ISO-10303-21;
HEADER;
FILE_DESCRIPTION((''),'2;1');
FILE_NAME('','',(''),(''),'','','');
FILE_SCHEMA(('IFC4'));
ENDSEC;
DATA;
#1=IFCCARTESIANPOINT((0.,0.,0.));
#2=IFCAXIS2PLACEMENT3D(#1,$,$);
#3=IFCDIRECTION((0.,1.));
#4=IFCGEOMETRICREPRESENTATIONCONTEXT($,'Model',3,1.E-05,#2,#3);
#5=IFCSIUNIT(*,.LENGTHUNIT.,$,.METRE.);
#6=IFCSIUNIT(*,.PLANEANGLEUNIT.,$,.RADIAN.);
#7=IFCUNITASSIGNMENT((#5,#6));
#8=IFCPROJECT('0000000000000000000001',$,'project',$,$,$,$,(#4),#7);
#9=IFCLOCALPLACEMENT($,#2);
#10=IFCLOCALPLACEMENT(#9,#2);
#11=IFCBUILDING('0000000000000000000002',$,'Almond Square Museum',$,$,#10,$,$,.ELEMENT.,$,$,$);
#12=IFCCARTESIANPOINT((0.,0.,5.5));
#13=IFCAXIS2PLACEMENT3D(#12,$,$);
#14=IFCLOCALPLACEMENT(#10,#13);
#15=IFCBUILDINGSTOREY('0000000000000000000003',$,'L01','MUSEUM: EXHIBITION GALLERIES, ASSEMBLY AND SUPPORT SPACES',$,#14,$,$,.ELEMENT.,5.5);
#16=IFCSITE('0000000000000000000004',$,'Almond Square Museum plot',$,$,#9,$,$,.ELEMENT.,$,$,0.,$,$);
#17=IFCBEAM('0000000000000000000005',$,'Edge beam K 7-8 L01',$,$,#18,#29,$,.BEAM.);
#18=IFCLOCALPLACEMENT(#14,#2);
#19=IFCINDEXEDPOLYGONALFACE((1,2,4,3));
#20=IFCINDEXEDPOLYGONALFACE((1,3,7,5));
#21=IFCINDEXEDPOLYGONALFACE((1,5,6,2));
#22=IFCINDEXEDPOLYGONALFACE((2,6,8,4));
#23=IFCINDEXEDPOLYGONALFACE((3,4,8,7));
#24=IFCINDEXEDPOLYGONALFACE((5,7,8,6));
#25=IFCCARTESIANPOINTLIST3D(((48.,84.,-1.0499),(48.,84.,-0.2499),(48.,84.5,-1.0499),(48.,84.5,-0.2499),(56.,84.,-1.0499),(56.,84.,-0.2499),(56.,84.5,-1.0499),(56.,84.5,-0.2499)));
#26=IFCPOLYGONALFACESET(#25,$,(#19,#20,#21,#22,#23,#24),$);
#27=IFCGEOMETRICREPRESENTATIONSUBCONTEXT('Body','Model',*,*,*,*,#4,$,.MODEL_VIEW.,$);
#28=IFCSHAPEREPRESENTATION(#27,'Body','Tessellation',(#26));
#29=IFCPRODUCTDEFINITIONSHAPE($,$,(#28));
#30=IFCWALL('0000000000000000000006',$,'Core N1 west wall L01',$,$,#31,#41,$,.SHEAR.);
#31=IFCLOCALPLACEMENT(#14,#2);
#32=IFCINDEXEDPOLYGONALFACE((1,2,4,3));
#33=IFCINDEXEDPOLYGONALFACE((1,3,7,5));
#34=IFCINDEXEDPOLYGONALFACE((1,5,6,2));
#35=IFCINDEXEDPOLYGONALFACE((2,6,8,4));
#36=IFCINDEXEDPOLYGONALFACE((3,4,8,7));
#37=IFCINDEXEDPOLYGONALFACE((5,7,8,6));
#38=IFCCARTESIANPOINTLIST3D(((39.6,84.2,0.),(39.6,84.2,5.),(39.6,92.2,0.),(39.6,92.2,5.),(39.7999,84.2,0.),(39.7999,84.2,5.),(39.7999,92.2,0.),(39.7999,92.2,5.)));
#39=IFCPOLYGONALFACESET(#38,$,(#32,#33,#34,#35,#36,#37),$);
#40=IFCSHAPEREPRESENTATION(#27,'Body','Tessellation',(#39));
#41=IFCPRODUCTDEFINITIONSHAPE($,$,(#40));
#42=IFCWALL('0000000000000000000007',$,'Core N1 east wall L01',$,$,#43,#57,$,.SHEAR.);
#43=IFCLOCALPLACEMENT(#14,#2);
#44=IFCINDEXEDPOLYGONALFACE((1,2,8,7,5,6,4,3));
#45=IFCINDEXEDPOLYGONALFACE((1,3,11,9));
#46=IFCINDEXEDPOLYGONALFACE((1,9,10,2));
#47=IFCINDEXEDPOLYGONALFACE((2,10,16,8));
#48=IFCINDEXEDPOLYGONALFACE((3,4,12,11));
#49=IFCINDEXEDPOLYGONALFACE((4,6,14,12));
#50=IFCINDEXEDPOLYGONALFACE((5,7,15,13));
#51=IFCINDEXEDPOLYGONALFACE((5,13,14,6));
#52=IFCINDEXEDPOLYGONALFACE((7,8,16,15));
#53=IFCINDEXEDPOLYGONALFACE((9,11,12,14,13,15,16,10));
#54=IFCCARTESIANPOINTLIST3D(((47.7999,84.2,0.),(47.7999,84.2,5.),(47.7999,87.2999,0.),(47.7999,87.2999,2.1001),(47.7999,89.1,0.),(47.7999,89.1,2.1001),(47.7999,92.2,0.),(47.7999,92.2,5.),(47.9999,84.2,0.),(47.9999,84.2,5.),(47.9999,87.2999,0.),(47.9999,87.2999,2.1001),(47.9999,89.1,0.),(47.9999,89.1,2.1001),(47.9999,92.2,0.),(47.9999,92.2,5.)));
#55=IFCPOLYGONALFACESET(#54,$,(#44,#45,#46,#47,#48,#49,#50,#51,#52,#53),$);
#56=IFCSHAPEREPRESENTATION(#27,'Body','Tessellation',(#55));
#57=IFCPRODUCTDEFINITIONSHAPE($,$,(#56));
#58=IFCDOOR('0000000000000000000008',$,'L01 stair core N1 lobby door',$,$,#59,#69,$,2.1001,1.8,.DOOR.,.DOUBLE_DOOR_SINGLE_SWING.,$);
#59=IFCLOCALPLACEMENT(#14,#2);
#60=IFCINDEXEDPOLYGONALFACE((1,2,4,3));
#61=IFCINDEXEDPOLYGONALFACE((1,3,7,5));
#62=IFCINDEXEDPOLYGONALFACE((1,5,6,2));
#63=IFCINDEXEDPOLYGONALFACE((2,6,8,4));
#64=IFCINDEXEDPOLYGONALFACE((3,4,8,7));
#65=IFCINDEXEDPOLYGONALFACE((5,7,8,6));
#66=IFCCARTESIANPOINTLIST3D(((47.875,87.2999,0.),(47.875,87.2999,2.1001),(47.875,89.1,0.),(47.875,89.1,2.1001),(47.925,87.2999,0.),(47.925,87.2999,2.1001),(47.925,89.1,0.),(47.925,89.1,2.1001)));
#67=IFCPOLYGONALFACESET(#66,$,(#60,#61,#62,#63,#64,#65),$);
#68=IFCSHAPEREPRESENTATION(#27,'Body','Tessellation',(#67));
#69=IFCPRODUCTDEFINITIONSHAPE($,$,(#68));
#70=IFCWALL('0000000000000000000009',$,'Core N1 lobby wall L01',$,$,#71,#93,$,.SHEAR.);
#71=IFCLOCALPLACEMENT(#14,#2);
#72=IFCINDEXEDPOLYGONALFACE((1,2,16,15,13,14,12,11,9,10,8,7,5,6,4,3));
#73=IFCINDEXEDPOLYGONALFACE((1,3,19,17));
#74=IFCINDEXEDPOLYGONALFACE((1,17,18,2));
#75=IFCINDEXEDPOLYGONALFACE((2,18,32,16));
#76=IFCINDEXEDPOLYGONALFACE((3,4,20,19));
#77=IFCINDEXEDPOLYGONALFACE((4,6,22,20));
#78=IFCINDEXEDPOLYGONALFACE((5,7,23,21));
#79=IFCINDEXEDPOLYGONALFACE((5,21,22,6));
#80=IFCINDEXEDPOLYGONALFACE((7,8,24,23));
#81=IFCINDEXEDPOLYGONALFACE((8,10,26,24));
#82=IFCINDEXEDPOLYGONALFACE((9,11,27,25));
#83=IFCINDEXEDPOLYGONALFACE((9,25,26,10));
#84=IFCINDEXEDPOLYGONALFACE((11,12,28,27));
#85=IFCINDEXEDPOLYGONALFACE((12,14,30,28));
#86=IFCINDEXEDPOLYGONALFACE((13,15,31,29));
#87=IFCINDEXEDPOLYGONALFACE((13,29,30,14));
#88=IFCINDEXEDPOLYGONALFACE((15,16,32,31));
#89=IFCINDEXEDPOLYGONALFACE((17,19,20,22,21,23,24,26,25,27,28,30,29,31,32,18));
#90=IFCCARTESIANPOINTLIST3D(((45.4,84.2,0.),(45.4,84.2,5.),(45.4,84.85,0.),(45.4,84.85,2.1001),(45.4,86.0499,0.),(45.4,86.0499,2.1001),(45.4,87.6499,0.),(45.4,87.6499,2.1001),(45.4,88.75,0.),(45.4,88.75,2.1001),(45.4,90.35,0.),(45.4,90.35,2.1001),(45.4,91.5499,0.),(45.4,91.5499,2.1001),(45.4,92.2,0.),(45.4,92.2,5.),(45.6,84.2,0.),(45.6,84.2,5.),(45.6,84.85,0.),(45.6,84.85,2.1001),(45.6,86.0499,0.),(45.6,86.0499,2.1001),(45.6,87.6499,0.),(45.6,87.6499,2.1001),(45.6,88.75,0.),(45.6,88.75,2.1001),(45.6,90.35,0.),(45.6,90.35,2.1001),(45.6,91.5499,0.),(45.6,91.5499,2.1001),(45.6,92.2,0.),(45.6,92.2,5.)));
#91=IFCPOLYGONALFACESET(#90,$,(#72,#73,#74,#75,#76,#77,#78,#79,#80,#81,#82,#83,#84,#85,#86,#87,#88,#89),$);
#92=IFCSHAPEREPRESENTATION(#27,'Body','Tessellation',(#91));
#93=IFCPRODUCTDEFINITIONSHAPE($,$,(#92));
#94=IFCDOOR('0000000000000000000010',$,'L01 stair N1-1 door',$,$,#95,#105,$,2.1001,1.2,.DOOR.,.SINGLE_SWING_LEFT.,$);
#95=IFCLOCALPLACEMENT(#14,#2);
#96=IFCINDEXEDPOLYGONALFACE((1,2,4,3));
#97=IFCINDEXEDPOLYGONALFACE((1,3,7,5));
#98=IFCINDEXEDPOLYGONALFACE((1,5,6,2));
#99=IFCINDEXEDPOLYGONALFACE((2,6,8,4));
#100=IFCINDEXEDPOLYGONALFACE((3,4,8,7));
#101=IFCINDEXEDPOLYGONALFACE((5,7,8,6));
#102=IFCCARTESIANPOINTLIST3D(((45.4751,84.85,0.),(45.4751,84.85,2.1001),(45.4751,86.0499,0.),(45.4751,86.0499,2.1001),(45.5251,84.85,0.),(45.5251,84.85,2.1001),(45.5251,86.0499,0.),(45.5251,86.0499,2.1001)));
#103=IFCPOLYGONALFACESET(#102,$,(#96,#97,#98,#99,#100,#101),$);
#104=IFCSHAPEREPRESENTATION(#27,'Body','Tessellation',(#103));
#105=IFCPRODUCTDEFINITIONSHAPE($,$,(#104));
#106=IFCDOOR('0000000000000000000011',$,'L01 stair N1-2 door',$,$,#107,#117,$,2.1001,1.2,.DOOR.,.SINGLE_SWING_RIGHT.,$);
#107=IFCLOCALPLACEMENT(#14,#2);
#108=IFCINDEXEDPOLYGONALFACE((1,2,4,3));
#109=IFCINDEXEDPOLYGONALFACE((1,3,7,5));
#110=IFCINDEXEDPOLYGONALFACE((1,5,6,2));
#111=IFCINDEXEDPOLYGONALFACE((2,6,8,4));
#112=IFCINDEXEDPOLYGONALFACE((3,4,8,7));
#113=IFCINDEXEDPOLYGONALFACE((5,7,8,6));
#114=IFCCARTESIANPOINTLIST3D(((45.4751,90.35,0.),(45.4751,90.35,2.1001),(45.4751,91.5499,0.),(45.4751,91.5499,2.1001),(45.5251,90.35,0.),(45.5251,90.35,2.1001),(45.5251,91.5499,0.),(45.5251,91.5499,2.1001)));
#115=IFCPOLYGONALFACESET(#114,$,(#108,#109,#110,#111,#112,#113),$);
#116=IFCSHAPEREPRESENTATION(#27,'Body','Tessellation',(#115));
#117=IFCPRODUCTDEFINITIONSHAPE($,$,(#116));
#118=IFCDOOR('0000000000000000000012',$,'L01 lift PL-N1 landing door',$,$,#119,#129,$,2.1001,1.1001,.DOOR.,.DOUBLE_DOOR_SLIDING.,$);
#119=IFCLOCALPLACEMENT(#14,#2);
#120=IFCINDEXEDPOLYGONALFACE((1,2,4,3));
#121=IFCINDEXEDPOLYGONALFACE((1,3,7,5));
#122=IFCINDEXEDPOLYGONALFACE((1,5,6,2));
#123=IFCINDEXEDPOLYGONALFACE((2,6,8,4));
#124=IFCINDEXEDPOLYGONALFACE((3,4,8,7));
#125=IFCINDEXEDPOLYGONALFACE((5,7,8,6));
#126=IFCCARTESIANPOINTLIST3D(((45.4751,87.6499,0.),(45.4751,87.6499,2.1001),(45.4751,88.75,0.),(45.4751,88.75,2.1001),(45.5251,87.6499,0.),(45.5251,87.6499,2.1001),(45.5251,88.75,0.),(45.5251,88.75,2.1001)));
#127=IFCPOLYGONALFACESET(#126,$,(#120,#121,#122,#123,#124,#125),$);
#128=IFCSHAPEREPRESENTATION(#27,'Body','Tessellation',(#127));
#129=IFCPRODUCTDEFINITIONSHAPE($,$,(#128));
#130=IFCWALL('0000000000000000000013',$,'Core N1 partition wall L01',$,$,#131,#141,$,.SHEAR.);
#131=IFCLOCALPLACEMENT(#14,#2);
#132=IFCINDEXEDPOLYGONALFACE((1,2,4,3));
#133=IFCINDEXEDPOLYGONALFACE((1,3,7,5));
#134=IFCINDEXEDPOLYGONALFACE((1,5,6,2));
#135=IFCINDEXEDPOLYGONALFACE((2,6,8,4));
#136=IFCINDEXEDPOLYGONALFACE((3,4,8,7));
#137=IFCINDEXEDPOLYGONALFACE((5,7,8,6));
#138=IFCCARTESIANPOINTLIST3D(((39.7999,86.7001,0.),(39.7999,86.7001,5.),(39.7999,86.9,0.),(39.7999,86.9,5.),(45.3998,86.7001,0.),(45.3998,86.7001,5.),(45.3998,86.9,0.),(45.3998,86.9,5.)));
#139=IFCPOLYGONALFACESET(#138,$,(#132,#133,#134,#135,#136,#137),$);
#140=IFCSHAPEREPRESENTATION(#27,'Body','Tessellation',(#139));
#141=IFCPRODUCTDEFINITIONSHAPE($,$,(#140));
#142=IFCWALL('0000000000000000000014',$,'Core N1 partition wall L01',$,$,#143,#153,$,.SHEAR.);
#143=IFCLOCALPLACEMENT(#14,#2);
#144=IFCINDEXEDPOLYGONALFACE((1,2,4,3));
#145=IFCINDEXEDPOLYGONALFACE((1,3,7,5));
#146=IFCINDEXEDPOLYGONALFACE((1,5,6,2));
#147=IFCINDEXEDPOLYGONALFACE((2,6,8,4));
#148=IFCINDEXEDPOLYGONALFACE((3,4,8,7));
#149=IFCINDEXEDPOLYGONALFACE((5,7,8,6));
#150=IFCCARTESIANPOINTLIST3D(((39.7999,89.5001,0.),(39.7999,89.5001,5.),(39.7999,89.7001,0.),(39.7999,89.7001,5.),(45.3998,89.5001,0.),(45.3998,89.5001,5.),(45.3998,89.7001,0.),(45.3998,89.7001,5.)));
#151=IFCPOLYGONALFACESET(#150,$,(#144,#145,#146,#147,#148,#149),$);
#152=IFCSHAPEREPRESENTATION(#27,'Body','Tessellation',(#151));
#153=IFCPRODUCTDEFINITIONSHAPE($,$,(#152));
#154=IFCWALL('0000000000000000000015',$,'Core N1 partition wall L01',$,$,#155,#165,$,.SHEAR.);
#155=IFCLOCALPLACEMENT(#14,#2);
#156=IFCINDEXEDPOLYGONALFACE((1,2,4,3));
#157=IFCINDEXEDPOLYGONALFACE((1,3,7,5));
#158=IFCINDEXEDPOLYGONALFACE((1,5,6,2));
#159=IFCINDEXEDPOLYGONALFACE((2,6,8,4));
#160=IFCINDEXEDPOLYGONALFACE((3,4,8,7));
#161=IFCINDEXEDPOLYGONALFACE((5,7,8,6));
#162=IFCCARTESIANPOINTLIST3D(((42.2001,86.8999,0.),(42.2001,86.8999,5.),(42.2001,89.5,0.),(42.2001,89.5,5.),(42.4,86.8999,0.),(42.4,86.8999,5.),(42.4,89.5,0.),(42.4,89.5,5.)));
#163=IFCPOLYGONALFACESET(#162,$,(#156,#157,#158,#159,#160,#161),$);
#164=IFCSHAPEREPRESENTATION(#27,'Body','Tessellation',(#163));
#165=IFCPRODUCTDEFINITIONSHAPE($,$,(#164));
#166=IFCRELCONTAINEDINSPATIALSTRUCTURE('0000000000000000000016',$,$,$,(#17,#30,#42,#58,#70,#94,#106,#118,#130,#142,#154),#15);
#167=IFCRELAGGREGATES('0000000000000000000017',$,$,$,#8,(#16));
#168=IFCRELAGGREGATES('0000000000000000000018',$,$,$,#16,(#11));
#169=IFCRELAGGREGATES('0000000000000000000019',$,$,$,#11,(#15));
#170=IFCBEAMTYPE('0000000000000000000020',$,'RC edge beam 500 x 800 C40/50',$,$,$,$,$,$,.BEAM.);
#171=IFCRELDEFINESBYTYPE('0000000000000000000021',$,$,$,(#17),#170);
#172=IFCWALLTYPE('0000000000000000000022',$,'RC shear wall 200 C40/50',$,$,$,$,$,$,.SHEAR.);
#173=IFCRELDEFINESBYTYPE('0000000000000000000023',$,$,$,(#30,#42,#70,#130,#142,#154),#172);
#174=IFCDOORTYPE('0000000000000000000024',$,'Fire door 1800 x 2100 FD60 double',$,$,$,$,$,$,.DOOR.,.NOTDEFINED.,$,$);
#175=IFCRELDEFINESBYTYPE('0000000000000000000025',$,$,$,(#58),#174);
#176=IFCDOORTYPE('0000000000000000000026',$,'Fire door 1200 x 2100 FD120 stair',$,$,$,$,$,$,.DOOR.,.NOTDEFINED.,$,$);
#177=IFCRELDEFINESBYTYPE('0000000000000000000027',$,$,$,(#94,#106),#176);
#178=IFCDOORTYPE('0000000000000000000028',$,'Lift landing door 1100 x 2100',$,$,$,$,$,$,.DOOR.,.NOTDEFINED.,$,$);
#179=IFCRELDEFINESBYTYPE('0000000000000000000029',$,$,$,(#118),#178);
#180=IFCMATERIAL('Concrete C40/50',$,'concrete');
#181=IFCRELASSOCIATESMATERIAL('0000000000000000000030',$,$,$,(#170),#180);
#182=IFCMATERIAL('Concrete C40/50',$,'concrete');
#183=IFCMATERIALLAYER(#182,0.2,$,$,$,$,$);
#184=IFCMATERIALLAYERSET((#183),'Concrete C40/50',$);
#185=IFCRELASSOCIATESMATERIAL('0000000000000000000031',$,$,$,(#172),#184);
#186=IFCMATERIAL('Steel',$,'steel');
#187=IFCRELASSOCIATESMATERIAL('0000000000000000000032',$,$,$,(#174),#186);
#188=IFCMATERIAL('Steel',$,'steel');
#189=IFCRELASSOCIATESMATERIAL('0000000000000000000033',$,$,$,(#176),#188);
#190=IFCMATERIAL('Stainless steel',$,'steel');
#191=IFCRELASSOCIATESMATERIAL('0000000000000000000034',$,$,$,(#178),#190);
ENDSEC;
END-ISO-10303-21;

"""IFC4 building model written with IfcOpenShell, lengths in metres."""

from ifc_helpers import new_model, si_unit, direction, frame, frame_2d, origin, origin_2d, place, context, subcontext, project, spatial, rectangle, extrude, material, layer, layer_set, material_profile, profile_set, type_object, element, fill, save


model = new_model("IFC4")

# Units and contexts
model_context = context("Model", 3, precision=1e-05, world=origin(), true_north=direction((0.0, 1.0)))
body_context = subcontext(model_context, "Body", "Model", "MODEL_VIEW")
ifc_project = project(units=[si_unit("LENGTHUNIT", "METRE"), si_unit("PLANEANGLEUNIT", "RADIAN")], contexts=[model_context])

# Site, building, storey
site_placement = place(None, origin())
site = spatial("IfcSite", under=ifc_project, at=site_placement, Name="Almond Square Museum plot", CompositionType="ELEMENT", RefElevation=0.0)
building_placement = place(site_placement, origin())
building = spatial("IfcBuilding", under=site, at=building_placement, Name="Almond Square Museum", CompositionType="ELEMENT")
storey_placement = place(building_placement, frame((0.0, 0.0, 5.5)))
storey = spatial("IfcBuildingStorey", under=building, at=storey_placement, Name="L01", Description="MUSEUM: EXHIBITION GALLERIES, ASSEMBLY AND SUPPORT SPACES", CompositionType="ELEMENT", Elevation=5.5)

# Beam
ifc_material_1 = material(Name="Concrete C40/50", Category="concrete")
ifc_material_profile = material_profile(ifc_material_1, rectangle(XDim=0.5, YDim=0.8, at=origin_2d()))
ifc_profile_set = profile_set([ifc_material_profile], Name="Concrete C40/50")
beam_type = type_object("IfcBeamType", Name="RC edge beam 500 x 800 C40/50", PredefinedType="BEAM", material=ifc_profile_set)
beam_placement = place(storey_placement, frame((48.0, 84.25, -0.6499), z_axis=(1.0, 0.0, 0.0), x_axis=(0.0, 1.0, 0.0)))
element("IfcBeam", 1, at=beam_placement, inside=storey, type_object=beam_type, Name="Edge beam K 7-8 L01", PredefinedType="BEAM", context=body_context, shape_type="SweptSolid", body=[
    extrude(rectangle(XDim=0.5, YDim=0.8, at=origin_2d()), origin(), (0.0, 0.0, 1.0), 8.0),
])

# Wall
ifc_material_2 = material(Name="Concrete C40/50", Category="concrete")
ifc_layer = layer(ifc_material_2, 0.2)
ifc_layer_set = layer_set([ifc_layer], Name="Concrete C40/50")
wall_type = type_object("IfcWallType", Name="RC shear wall 200 C40/50", PredefinedType="SHEAR", material=ifc_layer_set)
wall_1_placement = place(storey_placement, frame((39.7, 84.2, 0.0), z_axis=(0.0, 0.0, 1.0), x_axis=(0.0, 1.0, 0.0)))
element("IfcWall", 2, at=wall_1_placement, inside=storey, type_object=wall_type, Name="Core N1 west wall L01", PredefinedType="SHEAR", context=body_context, shape_type="SweptSolid", body=[
    extrude(rectangle(XDim=8.0, YDim=0.2, at=frame_2d((4.0, 0.0))), origin(), (0.0, 0.0, 1.0), 5.0),
])

# Wall, opening, door
wall_2_placement = place(storey_placement, frame((47.8999, 84.2, 0.0), z_axis=(0.0, 0.0, 1.0), x_axis=(0.0, 1.0, 0.0)))
wall_2 = element("IfcWall", 3, at=wall_2_placement, inside=storey, type_object=wall_type, Name="Core N1 east wall L01", PredefinedType="SHEAR", context=body_context, shape_type="SweptSolid", body=[
    extrude(rectangle(XDim=8.0, YDim=0.2, at=frame_2d((4.0, 0.0))), origin(), (0.0, 0.0, 1.0), 5.0),
])
opening_1_placement = place(wall_2_placement, frame((3.1001, 0.0, 0.0)))
opening_1 = element("IfcOpeningElement", 4, at=opening_1_placement, cuts=wall_2, PredefinedType="OPENING", context=body_context, shape_type="SweptSolid", body=[
    extrude(rectangle(XDim=1.8, YDim=2.1001, at=frame_2d((0.8999, 1.05))), frame((0.0, 0.1099, 0.0), z_axis=(0.0, -1.0, 0.0), x_axis=(1.0, 0.0, 0.0)), (0.0, 0.0, 1.0), 0.22),
])
ifc_material_3 = material(Name="Steel", Category="steel")
door_type_1 = type_object("IfcDoorType", Name="Fire door 1800 x 2100 FD60 double", OperationType="NOTDEFINED", PredefinedType="DOOR", material=ifc_material_3)
door_1_placement = place(opening_1_placement, origin())
door_1 = element("IfcDoor", 5, at=door_1_placement, inside=storey, type_object=door_type_1, Name="L01 stair core N1 lobby door", OperationType="DOUBLE_DOOR_SINGLE_SWING", OverallHeight=2.1001, OverallWidth=1.8, PredefinedType="DOOR", context=body_context, shape_type="SweptSolid", body=[
    extrude(rectangle(XDim=1.8, YDim=2.1001, at=frame_2d((0.8999, 1.05))), frame((0.0, 0.0249, 0.0), z_axis=(0.0, -1.0, 0.0), x_axis=(1.0, 0.0, 0.0)), (0.0, 0.0, 1.0), 0.05),
])
fill(opening_1, door_1)

# Wall, openings, doors
wall_3_placement = place(storey_placement, frame((45.5, 84.2, 0.0), z_axis=(0.0, 0.0, 1.0), x_axis=(0.0, 1.0, 0.0)))
wall_3 = element("IfcWall", 6, at=wall_3_placement, inside=storey, type_object=wall_type, Name="Core N1 lobby wall L01", PredefinedType="SHEAR", context=body_context, shape_type="SweptSolid", body=[
    extrude(rectangle(XDim=8.0, YDim=0.2, at=frame_2d((4.0, 0.0))), origin(), (0.0, 0.0, 1.0), 5.0),
])
opening_2_placement = place(wall_3_placement, frame((0.6499, 0.0, 0.0)))
opening_2 = element("IfcOpeningElement", 7, at=opening_2_placement, cuts=wall_3, PredefinedType="OPENING", context=body_context, shape_type="SweptSolid", body=[
    extrude(rectangle(XDim=1.2, YDim=2.1001, at=frame_2d((0.6001, 1.05))), frame((0.0, 0.1099, 0.0), z_axis=(0.0, -1.0, 0.0), x_axis=(1.0, 0.0, 0.0)), (0.0, 0.0, 1.0), 0.22),
])
opening_3_placement = place(wall_3_placement, frame((6.1499, 0.0, 0.0)))
opening_3 = element("IfcOpeningElement", 8, at=opening_3_placement, cuts=wall_3, PredefinedType="OPENING", context=body_context, shape_type="SweptSolid", body=[
    extrude(rectangle(XDim=1.2, YDim=2.1001, at=frame_2d((0.6001, 1.05))), frame((0.0, 0.1099, 0.0), z_axis=(0.0, -1.0, 0.0), x_axis=(1.0, 0.0, 0.0)), (0.0, 0.0, 1.0), 0.22),
])
opening_4_placement = place(wall_3_placement, frame((3.45, 0.0, 0.0)))
opening_4 = element("IfcOpeningElement", 9, at=opening_4_placement, cuts=wall_3, PredefinedType="OPENING", context=body_context, shape_type="SweptSolid", body=[
    extrude(rectangle(XDim=1.1001, YDim=2.1001, at=frame_2d((0.55, 1.05))), frame((0.0, 0.1099, 0.0), z_axis=(0.0, -1.0, 0.0), x_axis=(1.0, 0.0, 0.0)), (0.0, 0.0, 1.0), 0.22),
])
ifc_material_4 = material(Name="Steel", Category="steel")
door_type_2 = type_object("IfcDoorType", Name="Fire door 1200 x 2100 FD120 stair", OperationType="NOTDEFINED", PredefinedType="DOOR", material=ifc_material_4)
door_2_placement = place(opening_2_placement, origin())
door_2 = element("IfcDoor", 10, at=door_2_placement, inside=storey, type_object=door_type_2, Name="L01 stair N1-1 door", OperationType="SINGLE_SWING_LEFT", OverallHeight=2.1001, OverallWidth=1.2, PredefinedType="DOOR", context=body_context, shape_type="SweptSolid", body=[
    extrude(rectangle(XDim=1.2, YDim=2.1001, at=frame_2d((0.6001, 1.05))), frame((0.0, 0.0249, 0.0), z_axis=(0.0, -1.0, 0.0), x_axis=(1.0, 0.0, 0.0)), (0.0, 0.0, 1.0), 0.05),
])
fill(opening_2, door_2)
door_3_placement = place(opening_3_placement, origin())
door_3 = element("IfcDoor", 11, at=door_3_placement, inside=storey, type_object=door_type_2, Name="L01 stair N1-2 door", OperationType="SINGLE_SWING_RIGHT", OverallHeight=2.1001, OverallWidth=1.2, PredefinedType="DOOR", context=body_context, shape_type="SweptSolid", body=[
    extrude(rectangle(XDim=1.2, YDim=2.1001, at=frame_2d((0.6001, 1.05))), frame((0.0, 0.0249, 0.0), z_axis=(0.0, -1.0, 0.0), x_axis=(1.0, 0.0, 0.0)), (0.0, 0.0, 1.0), 0.05),
])
fill(opening_3, door_3)
ifc_material_5 = material(Name="Stainless steel", Category="steel")
door_type_3 = type_object("IfcDoorType", Name="Lift landing door 1100 x 2100", OperationType="NOTDEFINED", PredefinedType="DOOR", material=ifc_material_5)
door_4_placement = place(opening_4_placement, origin())
door_4 = element("IfcDoor", 12, at=door_4_placement, inside=storey, type_object=door_type_3, Name="L01 lift PL-N1 landing door", OperationType="DOUBLE_DOOR_SLIDING", OverallHeight=2.1001, OverallWidth=1.1001, PredefinedType="DOOR", context=body_context, shape_type="SweptSolid", body=[
    extrude(rectangle(XDim=1.1001, YDim=2.1001, at=frame_2d((0.55, 1.05))), frame((0.0, 0.0249, 0.0), z_axis=(0.0, -1.0, 0.0), x_axis=(1.0, 0.0, 0.0)), (0.0, 0.0, 1.0), 0.05),
])
fill(opening_4, door_4)

# Walls
for number, where, z_axis, x_axis, name in (
    (13, (39.8, 86.8, 0.0), (0.0, 0.0, 1.0), (1.0, 0.0, 0.0), "Core N1 partition wall L01"),
    (14, (39.8, 89.6001, 0.0), (0.0, 0.0, 1.0), (1.0, 0.0, 0.0), "Core N1 partition wall L01"),
):
    element("IfcWall", number, at=place(storey_placement, frame(where, z_axis=z_axis, x_axis=x_axis)), inside=storey, type_object=wall_type, Name=name, PredefinedType="SHEAR", context=body_context, shape_type="SweptSolid", body=[
        extrude(rectangle(XDim=5.5999, YDim=0.2, at=frame_2d((2.7998, 0.0))), origin(), (0.0, 0.0, 1.0), 5.0),
    ])
wall_4_placement = place(storey_placement, frame((42.3, 86.8999, 0.0), z_axis=(0.0, 0.0, 1.0), x_axis=(0.0, 1.0, 0.0)))
element("IfcWall", 15, at=wall_4_placement, inside=storey, type_object=wall_type, Name="Core N1 partition wall L01", PredefinedType="SHEAR", context=body_context, shape_type="SweptSolid", body=[
    extrude(rectangle(XDim=2.6001, YDim=0.2, at=frame_2d((1.3, 0.0))), origin(), (0.0, 0.0, 1.0), 5.0),
])

save(model, "model.ifc")
